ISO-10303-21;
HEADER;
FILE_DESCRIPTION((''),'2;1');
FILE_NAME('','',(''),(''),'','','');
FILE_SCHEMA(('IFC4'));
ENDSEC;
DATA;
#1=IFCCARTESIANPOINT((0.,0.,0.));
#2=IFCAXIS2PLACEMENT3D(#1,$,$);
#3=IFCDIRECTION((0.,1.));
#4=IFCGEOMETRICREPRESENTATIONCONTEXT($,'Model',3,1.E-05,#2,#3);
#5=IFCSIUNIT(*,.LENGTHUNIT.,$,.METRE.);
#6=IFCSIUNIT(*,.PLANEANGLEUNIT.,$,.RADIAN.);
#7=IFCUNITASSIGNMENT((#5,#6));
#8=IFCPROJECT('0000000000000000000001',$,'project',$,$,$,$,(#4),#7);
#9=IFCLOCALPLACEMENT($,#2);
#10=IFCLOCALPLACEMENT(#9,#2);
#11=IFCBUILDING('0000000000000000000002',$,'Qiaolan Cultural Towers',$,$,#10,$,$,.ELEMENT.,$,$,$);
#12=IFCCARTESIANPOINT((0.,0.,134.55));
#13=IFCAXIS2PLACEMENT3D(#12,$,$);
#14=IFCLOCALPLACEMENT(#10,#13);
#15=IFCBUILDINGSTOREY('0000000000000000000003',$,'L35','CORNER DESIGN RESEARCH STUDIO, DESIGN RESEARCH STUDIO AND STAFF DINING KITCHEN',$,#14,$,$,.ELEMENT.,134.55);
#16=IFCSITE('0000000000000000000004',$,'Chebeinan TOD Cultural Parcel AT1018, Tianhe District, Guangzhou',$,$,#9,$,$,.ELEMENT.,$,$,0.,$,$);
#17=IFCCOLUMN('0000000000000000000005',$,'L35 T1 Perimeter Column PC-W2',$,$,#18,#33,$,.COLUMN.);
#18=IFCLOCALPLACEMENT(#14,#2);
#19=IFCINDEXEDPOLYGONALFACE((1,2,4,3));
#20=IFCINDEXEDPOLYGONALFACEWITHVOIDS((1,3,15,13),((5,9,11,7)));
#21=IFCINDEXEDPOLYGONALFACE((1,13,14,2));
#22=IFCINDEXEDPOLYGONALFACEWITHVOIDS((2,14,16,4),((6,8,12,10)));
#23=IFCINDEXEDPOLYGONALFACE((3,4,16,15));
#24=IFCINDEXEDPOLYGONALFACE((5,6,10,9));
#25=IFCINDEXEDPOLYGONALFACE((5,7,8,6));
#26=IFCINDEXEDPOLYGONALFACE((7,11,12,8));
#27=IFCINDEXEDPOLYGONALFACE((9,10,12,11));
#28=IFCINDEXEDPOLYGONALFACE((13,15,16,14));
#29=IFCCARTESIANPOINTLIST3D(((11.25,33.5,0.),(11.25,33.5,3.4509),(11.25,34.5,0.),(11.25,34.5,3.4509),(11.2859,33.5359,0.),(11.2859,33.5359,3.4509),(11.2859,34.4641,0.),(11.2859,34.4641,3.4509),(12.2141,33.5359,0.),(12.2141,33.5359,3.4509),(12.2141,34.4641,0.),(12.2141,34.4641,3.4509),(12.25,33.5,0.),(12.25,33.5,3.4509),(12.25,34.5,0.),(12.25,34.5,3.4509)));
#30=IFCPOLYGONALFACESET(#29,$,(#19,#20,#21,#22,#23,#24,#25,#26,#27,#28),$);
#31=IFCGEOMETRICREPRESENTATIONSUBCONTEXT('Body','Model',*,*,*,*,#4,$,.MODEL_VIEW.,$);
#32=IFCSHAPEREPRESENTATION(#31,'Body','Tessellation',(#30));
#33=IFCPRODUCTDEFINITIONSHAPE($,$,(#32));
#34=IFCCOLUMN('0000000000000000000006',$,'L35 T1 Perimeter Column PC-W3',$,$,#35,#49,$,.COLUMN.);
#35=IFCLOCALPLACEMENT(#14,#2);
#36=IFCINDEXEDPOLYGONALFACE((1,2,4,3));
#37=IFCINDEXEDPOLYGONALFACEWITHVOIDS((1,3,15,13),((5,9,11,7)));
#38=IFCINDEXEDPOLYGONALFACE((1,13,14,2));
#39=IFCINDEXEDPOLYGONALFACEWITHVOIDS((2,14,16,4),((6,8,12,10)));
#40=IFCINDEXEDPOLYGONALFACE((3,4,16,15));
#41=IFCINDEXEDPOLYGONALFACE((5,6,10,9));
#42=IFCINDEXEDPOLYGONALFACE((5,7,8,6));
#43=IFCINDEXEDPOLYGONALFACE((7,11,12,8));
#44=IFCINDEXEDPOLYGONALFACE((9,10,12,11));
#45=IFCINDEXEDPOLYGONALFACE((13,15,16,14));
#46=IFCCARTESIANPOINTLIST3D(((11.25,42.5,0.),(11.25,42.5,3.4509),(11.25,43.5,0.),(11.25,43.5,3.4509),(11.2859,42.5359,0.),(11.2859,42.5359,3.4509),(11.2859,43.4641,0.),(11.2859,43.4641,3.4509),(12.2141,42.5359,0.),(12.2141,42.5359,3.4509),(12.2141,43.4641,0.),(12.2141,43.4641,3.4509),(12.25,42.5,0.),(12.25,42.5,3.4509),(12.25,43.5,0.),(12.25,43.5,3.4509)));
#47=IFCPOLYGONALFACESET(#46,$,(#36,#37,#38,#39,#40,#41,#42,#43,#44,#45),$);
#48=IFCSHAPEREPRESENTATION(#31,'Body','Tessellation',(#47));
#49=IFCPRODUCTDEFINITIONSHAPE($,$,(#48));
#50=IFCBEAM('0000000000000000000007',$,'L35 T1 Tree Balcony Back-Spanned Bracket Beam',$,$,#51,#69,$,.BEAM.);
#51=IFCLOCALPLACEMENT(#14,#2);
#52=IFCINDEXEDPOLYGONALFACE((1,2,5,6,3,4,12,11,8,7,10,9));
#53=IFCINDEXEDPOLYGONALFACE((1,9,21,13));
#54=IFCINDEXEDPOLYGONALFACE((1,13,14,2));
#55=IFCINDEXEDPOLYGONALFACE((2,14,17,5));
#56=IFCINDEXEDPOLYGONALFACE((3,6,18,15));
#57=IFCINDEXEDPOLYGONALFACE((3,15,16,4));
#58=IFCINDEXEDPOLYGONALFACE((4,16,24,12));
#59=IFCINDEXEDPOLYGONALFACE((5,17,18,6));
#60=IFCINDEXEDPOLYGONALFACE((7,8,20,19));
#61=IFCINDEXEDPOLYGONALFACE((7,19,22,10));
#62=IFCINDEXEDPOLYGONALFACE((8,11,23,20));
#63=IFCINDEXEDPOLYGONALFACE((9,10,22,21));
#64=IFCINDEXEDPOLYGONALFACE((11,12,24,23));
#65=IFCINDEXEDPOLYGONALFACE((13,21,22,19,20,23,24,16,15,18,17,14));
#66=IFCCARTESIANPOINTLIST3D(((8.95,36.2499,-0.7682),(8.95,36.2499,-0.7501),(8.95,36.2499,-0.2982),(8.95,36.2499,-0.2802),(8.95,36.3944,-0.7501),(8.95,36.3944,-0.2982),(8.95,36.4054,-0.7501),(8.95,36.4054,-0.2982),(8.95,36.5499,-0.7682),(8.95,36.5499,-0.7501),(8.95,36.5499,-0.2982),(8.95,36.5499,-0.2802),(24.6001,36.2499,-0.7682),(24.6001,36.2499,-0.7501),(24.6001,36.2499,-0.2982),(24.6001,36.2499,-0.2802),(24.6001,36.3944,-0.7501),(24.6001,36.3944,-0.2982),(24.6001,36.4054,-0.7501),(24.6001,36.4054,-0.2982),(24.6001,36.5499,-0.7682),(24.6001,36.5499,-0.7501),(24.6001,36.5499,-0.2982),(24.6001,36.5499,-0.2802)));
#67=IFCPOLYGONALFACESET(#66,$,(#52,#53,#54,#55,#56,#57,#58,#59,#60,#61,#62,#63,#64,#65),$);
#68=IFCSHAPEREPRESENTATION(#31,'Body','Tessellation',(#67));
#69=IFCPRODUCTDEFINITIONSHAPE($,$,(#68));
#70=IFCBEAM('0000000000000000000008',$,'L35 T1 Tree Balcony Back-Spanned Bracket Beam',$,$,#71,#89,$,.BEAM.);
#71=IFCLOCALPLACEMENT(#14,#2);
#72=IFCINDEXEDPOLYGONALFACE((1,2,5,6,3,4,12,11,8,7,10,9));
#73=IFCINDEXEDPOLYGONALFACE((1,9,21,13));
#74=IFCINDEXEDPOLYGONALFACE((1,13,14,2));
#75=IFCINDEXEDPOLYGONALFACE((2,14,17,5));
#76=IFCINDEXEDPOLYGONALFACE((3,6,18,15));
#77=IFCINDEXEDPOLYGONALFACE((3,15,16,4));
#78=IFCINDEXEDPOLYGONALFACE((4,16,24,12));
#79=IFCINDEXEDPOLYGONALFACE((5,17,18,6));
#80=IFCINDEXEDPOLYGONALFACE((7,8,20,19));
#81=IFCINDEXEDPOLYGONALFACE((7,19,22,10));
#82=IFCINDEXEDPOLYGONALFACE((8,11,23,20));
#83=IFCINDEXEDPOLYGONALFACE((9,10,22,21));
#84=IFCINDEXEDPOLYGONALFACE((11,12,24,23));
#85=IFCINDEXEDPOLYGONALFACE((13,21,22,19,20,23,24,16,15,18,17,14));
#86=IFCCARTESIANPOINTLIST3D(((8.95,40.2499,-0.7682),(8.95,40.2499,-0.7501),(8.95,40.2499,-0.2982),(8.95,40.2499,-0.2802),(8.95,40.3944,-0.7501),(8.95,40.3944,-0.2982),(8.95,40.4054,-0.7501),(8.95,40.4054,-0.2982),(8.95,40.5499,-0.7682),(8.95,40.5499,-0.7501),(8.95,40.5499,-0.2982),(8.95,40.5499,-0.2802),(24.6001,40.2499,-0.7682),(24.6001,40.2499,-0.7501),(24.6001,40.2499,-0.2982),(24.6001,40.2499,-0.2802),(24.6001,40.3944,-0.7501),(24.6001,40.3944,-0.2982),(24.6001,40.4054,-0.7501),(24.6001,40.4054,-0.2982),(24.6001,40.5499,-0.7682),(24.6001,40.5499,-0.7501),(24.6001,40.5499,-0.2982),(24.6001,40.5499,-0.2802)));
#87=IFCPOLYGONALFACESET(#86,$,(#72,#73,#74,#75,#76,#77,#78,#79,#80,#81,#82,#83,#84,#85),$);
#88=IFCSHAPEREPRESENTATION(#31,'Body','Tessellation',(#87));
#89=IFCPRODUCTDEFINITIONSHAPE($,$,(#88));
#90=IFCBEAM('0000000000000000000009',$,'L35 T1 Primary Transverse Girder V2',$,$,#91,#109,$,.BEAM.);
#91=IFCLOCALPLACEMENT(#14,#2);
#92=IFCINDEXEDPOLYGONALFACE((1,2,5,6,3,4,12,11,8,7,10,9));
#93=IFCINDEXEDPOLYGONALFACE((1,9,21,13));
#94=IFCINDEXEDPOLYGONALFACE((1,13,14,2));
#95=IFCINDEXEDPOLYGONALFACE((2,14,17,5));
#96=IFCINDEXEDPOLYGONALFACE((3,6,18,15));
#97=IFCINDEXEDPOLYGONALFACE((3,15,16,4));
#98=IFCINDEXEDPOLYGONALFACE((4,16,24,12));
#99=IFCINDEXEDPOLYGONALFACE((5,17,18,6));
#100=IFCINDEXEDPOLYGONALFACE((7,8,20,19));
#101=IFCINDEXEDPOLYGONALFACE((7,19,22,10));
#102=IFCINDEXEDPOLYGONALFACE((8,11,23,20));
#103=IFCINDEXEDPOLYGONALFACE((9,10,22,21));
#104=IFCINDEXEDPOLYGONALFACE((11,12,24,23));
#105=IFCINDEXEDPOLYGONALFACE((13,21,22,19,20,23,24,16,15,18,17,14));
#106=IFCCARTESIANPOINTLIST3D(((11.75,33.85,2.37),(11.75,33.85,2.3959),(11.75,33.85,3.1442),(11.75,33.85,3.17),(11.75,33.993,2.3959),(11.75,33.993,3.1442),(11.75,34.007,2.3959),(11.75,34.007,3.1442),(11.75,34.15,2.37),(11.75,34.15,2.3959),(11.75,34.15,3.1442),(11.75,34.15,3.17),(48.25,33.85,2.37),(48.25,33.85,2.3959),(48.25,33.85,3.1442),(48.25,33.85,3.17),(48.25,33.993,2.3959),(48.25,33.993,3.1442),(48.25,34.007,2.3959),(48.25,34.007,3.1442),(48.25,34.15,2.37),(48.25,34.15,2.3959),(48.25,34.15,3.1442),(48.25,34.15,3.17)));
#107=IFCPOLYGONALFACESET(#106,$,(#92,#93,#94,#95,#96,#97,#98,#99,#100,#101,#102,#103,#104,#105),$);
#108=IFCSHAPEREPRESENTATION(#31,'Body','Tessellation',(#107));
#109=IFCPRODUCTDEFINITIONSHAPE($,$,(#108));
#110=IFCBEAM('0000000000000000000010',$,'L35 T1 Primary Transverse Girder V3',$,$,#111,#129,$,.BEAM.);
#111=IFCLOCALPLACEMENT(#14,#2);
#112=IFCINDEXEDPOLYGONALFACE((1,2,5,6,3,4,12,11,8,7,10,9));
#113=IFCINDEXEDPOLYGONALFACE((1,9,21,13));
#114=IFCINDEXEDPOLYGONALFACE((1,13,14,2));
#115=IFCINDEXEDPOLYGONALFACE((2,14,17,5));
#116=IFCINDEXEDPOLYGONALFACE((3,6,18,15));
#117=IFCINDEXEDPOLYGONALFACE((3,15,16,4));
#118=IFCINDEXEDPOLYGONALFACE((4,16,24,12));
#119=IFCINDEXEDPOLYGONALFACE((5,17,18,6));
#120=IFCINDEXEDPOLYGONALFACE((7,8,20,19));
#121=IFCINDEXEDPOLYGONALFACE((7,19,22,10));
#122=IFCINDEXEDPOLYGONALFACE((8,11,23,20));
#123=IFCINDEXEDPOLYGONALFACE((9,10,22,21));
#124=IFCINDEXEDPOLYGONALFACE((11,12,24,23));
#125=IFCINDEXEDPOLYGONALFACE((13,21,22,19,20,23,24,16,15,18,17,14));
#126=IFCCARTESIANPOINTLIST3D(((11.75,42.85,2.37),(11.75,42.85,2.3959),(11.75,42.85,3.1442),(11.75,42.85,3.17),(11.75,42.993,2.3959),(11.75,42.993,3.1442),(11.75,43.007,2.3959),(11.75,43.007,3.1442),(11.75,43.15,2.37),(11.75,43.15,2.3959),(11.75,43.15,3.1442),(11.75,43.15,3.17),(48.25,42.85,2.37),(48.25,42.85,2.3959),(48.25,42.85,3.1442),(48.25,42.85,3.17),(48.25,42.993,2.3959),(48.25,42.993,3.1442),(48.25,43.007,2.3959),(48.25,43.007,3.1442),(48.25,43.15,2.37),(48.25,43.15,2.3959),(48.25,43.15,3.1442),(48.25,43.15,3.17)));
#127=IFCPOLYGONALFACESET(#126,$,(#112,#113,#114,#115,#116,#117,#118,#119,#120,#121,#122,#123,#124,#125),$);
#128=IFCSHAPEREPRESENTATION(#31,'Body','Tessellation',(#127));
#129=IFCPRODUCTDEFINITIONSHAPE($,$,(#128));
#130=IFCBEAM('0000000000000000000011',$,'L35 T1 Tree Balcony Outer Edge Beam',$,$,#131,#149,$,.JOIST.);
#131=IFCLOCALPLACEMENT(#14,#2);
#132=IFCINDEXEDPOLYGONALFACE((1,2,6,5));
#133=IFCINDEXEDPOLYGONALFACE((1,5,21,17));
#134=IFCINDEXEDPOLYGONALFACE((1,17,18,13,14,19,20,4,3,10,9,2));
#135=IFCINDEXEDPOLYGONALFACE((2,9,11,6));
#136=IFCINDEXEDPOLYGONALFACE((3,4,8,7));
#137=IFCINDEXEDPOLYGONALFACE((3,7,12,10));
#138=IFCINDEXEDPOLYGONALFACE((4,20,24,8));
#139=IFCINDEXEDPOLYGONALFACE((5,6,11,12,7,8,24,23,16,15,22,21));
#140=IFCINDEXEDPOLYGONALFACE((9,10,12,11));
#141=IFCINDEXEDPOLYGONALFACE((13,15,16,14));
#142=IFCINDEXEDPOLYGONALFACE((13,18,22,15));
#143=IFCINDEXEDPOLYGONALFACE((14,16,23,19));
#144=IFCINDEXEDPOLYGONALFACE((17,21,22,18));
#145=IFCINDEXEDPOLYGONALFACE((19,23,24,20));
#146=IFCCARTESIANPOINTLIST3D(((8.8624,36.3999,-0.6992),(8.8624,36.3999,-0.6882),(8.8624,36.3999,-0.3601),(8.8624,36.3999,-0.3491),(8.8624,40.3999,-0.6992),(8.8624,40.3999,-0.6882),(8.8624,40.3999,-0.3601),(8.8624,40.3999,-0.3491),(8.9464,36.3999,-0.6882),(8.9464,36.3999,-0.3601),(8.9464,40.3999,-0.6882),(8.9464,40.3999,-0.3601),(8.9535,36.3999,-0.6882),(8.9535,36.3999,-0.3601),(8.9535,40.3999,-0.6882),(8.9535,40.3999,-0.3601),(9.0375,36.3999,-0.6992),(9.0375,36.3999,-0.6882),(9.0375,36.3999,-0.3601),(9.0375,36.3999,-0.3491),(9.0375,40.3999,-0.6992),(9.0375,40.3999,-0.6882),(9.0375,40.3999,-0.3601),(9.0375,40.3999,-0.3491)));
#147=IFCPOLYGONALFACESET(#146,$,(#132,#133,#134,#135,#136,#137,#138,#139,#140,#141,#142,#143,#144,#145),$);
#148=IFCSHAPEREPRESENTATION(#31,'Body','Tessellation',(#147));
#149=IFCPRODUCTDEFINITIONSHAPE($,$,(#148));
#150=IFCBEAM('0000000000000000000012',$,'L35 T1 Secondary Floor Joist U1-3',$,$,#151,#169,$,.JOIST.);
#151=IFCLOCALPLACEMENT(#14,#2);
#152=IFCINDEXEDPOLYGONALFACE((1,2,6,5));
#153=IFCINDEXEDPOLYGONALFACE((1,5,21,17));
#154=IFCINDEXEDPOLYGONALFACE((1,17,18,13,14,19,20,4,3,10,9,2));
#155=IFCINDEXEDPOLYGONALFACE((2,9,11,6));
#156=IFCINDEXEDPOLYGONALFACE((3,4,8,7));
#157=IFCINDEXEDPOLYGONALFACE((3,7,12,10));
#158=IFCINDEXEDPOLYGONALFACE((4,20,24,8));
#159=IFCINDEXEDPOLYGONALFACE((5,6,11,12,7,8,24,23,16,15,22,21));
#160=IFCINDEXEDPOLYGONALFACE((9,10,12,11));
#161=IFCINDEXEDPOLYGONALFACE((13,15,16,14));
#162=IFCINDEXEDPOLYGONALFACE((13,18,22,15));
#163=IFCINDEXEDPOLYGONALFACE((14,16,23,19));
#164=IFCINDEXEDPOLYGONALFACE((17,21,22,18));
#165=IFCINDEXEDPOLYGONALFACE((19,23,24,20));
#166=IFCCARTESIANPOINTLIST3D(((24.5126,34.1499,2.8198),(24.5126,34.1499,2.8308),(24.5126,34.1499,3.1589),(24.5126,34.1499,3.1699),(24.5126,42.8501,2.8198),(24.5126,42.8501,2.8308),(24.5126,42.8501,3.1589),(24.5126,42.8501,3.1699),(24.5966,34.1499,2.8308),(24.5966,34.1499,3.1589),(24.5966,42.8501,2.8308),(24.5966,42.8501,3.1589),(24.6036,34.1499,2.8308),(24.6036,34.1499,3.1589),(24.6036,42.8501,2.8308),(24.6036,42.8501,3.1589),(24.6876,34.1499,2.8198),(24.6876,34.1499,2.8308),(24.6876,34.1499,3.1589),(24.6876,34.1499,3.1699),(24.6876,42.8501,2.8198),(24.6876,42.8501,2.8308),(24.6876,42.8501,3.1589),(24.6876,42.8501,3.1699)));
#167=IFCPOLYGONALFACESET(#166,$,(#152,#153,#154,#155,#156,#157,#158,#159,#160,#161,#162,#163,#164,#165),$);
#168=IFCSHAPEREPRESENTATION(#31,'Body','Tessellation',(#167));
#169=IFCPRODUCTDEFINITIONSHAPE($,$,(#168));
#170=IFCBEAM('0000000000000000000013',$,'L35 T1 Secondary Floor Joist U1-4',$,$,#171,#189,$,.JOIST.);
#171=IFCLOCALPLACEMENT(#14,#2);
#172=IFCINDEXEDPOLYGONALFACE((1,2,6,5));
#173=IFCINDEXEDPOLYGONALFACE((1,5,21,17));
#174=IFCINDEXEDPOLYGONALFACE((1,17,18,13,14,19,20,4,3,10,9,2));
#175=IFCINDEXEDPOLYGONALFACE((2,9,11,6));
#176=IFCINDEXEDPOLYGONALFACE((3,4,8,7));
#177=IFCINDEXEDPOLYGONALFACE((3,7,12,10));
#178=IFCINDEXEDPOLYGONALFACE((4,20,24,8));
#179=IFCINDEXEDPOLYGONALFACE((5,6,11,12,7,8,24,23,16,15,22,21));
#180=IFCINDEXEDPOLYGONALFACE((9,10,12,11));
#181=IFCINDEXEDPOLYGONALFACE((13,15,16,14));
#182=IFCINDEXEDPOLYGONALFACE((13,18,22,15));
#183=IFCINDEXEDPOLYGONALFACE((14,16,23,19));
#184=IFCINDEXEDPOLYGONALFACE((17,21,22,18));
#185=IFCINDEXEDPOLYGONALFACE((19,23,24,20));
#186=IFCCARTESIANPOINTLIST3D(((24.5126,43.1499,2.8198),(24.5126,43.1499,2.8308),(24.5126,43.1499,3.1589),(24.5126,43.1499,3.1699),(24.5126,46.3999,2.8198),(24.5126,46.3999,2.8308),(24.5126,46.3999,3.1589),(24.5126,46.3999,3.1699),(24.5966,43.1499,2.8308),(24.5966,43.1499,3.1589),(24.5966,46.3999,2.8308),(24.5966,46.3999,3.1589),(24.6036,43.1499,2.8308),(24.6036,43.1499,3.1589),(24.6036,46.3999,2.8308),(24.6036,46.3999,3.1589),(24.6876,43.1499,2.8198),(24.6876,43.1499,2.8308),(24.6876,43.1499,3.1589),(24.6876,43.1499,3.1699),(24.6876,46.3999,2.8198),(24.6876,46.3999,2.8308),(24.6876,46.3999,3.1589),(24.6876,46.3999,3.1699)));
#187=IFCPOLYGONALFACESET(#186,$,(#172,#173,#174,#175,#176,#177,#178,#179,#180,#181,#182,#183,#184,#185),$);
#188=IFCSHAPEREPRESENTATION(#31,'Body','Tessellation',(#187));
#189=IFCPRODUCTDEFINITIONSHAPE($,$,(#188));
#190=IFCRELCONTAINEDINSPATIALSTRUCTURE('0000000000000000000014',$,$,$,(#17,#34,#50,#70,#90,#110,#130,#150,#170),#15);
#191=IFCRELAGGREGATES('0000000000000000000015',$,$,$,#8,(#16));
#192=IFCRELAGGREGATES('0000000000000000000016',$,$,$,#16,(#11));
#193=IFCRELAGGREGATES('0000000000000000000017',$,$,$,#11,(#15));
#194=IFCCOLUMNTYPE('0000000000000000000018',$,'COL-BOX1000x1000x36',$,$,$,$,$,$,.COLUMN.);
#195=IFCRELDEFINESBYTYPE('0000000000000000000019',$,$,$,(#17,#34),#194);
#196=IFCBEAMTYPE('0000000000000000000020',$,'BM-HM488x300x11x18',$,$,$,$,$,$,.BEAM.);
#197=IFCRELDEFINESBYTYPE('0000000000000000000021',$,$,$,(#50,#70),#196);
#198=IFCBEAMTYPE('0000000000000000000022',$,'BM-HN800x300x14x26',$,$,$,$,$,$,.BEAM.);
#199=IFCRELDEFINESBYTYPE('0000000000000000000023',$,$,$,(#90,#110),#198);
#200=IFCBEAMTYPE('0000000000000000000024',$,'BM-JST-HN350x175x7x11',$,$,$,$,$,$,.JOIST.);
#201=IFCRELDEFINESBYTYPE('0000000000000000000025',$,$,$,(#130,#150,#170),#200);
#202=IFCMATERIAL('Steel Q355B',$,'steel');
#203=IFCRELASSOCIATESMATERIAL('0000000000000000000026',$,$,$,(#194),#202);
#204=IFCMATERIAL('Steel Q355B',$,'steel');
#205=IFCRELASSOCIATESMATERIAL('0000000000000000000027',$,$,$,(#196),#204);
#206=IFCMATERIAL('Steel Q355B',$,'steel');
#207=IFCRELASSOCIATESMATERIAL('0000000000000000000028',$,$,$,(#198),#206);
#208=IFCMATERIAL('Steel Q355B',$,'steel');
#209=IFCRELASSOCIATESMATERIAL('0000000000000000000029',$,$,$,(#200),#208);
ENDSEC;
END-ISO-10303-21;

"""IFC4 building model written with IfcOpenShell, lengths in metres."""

from ifc_helpers import new_model, si_unit, direction, frame, origin, origin_2d, place, context, subcontext, project, spatial, hollow_rectangle, i_section, extrude, material, material_profile, profile_set, type_object, element, save


model = new_model("IFC4")

# Units and contexts
model_context = context("Model", 3, precision=1e-05, world=origin(), true_north=direction((0.0, 1.0)))
body_context = subcontext(model_context, "Body", "Model", "MODEL_VIEW")
ifc_project = project(units=[si_unit("LENGTHUNIT", "METRE"), si_unit("PLANEANGLEUNIT", "RADIAN")], contexts=[model_context])

# Site, building, storey
site_placement = place(None, origin())
site = spatial("IfcSite", under=ifc_project, at=site_placement, Name="Chebeinan TOD Cultural Parcel AT1018, Tianhe District, Guangzhou", CompositionType="ELEMENT", RefElevation=0.0)
building_placement = place(site_placement, origin())
building = spatial("IfcBuilding", under=site, at=building_placement, Name="Qiaolan Cultural Towers", CompositionType="ELEMENT")
storey_placement = place(building_placement, frame((0.0, 0.0, 134.55)))
storey = spatial("IfcBuildingStorey", under=building, at=storey_placement, Name="L35", Description="CORNER DESIGN RESEARCH STUDIO, DESIGN RESEARCH STUDIO AND STAFF DINING KITCHEN", CompositionType="ELEMENT", Elevation=134.55)

# Columns
ifc_material_1 = material(Name="Steel Q355B", Category="steel")
ifc_material_profile_1 = material_profile(ifc_material_1, hollow_rectangle(XDim=1.0, YDim=1.0, WallThickness=0.0359, at=origin_2d()), Name="BOX1000x1000x36")
ifc_profile_set_1 = profile_set([ifc_material_profile_1], Name="Steel Q355B")
column_type = type_object("IfcColumnType", Name="COL-BOX1000x1000x36", PredefinedType="COLUMN", material=ifc_profile_set_1)
for number, where, z_axis, x_axis, name in (
    (1, (11.75, 34.0, 0.0), (0.0, 0.0, 1.0), (1.0, 0.0, 0.0), "L35 T1 Perimeter Column PC-W2"),
    (2, (11.75, 43.0, 0.0), (0.0, 0.0, 1.0), (1.0, 0.0, 0.0), "L35 T1 Perimeter Column PC-W3"),
):
    element("IfcColumn", number, at=place(storey_placement, frame(where, z_axis=z_axis, x_axis=x_axis)), inside=storey, type_object=column_type, Name=name, PredefinedType="COLUMN", context=body_context, shape_type="SweptSolid", body=[
        extrude(hollow_rectangle(XDim=1.0, YDim=1.0, WallThickness=0.0359, at=origin_2d()), origin(), (0.0, 0.0, 1.0), 3.4509),
    ])

# Beams
ifc_material_2 = material(Name="Steel Q355B", Category="steel")
ifc_material_profile_2 = material_profile(ifc_material_2, i_section(OverallWidth=0.3, OverallDepth=0.488, WebThickness=0.011, FlangeThickness=0.0181, at=origin_2d()), Name="HM488x300x11x18")
ifc_profile_set_2 = profile_set([ifc_material_profile_2], Name="Steel Q355B")
beam_type_1 = type_object("IfcBeamType", Name="BM-HM488x300x11x18", PredefinedType="BEAM", material=ifc_profile_set_2)
for number, where, z_axis, x_axis, name in (
    (3, (24.6001, 36.3999, -0.5242), (-1.0, 0.0, 0.0), (0.0, -1.0, 0.0), "L35 T1 Tree Balcony Back-Spanned Bracket Beam"),
    (4, (24.6001, 40.3999, -0.5242), (-1.0, 0.0, 0.0), (0.0, -1.0, 0.0), "L35 T1 Tree Balcony Back-Spanned Bracket Beam"),
):
    element("IfcBeam", number, at=place(storey_placement, frame(where, z_axis=z_axis, x_axis=x_axis)), inside=storey, type_object=beam_type_1, Name=name, PredefinedType="BEAM", context=body_context, shape_type="SweptSolid", body=[
        extrude(i_section(OverallWidth=0.3, OverallDepth=0.488, WebThickness=0.011, FlangeThickness=0.0181, at=origin_2d()), origin(), (0.0, 0.0, 1.0), 15.6501),
    ])
ifc_material_3 = material(Name="Steel Q355B", Category="steel")
ifc_material_profile_3 = material_profile(ifc_material_3, i_section(OverallWidth=0.3, OverallDepth=0.8, WebThickness=0.0139, FlangeThickness=0.0259, at=origin_2d()), Name="HN800x300x14x26")
ifc_profile_set_3 = profile_set([ifc_material_profile_3], Name="Steel Q355B")
beam_type_2 = type_object("IfcBeamType", Name="BM-HN800x300x14x26", PredefinedType="BEAM", material=ifc_profile_set_3)
for number, where, z_axis, x_axis, name in (
    (5, (11.75, 34.0, 2.77), (1.0, 0.0, 0.0), (0.0, 1.0, 0.0), "L35 T1 Primary Transverse Girder V2"),
    (6, (11.75, 43.0, 2.77), (1.0, 0.0, 0.0), (0.0, 1.0, 0.0), "L35 T1 Primary Transverse Girder V3"),
):
    element("IfcBeam", number, at=place(storey_placement, frame(where, z_axis=z_axis, x_axis=x_axis)), inside=storey, type_object=beam_type_2, Name=name, PredefinedType="BEAM", context=body_context, shape_type="SweptSolid", body=[
        extrude(i_section(OverallWidth=0.3, OverallDepth=0.8, WebThickness=0.0139, FlangeThickness=0.0259, at=origin_2d()), origin(), (0.0, 0.0, 1.0), 36.5),
    ])
ifc_material_4 = material(Name="Steel Q355B", Category="steel")
ifc_material_profile_4 = material_profile(ifc_material_4, i_section(OverallWidth=0.175, OverallDepth=0.3501, WebThickness=0.0071, FlangeThickness=0.011, at=origin_2d()), Name="HN350x175x7x11")
ifc_profile_set_4 = profile_set([ifc_material_profile_4], Name="Steel Q355B")
beam_type_3 = type_object("IfcBeamType", Name="BM-JST-HN350x175x7x11", PredefinedType="JOIST", material=ifc_profile_set_4)
beam_1_placement = place(storey_placement, frame((8.95, 36.3999, -0.5242), z_axis=(0.0, 1.0, 0.0), x_axis=(-1.0, 0.0, 0.0)))
element("IfcBeam", 7, at=beam_1_placement, inside=storey, type_object=beam_type_3, Name="L35 T1 Tree Balcony Outer Edge Beam", PredefinedType="JOIST", context=body_context, shape_type="SweptSolid", body=[
    extrude(i_section(OverallWidth=0.175, OverallDepth=0.3501, WebThickness=0.0071, FlangeThickness=0.011, at=origin_2d()), origin(), (0.0, 0.0, 1.0), 4.0),
])
beam_2_placement = place(storey_placement, frame((24.6001, 34.1499, 2.9949), z_axis=(0.0, 1.0, 0.0), x_axis=(-1.0, 0.0, 0.0)))
element("IfcBeam", 8, at=beam_2_placement, inside=storey, type_object=beam_type_3, Name="L35 T1 Secondary Floor Joist U1-3", PredefinedType="JOIST", context=body_context, shape_type="SweptSolid", body=[
    extrude(i_section(OverallWidth=0.175, OverallDepth=0.3501, WebThickness=0.0071, FlangeThickness=0.011, at=origin_2d()), origin(), (0.0, 0.0, 1.0), 8.7002),
])
beam_3_placement = place(storey_placement, frame((24.6001, 43.1499, 2.9949), z_axis=(0.0, 1.0, 0.0), x_axis=(-1.0, 0.0, 0.0)))
element("IfcBeam", 9, at=beam_3_placement, inside=storey, type_object=beam_type_3, Name="L35 T1 Secondary Floor Joist U1-4", PredefinedType="JOIST", context=body_context, shape_type="SweptSolid", body=[
    extrude(i_section(OverallWidth=0.175, OverallDepth=0.3501, WebThickness=0.0071, FlangeThickness=0.011, at=origin_2d()), origin(), (0.0, 0.0, 1.0), 3.25),
])

save(model, "model.ifc")
